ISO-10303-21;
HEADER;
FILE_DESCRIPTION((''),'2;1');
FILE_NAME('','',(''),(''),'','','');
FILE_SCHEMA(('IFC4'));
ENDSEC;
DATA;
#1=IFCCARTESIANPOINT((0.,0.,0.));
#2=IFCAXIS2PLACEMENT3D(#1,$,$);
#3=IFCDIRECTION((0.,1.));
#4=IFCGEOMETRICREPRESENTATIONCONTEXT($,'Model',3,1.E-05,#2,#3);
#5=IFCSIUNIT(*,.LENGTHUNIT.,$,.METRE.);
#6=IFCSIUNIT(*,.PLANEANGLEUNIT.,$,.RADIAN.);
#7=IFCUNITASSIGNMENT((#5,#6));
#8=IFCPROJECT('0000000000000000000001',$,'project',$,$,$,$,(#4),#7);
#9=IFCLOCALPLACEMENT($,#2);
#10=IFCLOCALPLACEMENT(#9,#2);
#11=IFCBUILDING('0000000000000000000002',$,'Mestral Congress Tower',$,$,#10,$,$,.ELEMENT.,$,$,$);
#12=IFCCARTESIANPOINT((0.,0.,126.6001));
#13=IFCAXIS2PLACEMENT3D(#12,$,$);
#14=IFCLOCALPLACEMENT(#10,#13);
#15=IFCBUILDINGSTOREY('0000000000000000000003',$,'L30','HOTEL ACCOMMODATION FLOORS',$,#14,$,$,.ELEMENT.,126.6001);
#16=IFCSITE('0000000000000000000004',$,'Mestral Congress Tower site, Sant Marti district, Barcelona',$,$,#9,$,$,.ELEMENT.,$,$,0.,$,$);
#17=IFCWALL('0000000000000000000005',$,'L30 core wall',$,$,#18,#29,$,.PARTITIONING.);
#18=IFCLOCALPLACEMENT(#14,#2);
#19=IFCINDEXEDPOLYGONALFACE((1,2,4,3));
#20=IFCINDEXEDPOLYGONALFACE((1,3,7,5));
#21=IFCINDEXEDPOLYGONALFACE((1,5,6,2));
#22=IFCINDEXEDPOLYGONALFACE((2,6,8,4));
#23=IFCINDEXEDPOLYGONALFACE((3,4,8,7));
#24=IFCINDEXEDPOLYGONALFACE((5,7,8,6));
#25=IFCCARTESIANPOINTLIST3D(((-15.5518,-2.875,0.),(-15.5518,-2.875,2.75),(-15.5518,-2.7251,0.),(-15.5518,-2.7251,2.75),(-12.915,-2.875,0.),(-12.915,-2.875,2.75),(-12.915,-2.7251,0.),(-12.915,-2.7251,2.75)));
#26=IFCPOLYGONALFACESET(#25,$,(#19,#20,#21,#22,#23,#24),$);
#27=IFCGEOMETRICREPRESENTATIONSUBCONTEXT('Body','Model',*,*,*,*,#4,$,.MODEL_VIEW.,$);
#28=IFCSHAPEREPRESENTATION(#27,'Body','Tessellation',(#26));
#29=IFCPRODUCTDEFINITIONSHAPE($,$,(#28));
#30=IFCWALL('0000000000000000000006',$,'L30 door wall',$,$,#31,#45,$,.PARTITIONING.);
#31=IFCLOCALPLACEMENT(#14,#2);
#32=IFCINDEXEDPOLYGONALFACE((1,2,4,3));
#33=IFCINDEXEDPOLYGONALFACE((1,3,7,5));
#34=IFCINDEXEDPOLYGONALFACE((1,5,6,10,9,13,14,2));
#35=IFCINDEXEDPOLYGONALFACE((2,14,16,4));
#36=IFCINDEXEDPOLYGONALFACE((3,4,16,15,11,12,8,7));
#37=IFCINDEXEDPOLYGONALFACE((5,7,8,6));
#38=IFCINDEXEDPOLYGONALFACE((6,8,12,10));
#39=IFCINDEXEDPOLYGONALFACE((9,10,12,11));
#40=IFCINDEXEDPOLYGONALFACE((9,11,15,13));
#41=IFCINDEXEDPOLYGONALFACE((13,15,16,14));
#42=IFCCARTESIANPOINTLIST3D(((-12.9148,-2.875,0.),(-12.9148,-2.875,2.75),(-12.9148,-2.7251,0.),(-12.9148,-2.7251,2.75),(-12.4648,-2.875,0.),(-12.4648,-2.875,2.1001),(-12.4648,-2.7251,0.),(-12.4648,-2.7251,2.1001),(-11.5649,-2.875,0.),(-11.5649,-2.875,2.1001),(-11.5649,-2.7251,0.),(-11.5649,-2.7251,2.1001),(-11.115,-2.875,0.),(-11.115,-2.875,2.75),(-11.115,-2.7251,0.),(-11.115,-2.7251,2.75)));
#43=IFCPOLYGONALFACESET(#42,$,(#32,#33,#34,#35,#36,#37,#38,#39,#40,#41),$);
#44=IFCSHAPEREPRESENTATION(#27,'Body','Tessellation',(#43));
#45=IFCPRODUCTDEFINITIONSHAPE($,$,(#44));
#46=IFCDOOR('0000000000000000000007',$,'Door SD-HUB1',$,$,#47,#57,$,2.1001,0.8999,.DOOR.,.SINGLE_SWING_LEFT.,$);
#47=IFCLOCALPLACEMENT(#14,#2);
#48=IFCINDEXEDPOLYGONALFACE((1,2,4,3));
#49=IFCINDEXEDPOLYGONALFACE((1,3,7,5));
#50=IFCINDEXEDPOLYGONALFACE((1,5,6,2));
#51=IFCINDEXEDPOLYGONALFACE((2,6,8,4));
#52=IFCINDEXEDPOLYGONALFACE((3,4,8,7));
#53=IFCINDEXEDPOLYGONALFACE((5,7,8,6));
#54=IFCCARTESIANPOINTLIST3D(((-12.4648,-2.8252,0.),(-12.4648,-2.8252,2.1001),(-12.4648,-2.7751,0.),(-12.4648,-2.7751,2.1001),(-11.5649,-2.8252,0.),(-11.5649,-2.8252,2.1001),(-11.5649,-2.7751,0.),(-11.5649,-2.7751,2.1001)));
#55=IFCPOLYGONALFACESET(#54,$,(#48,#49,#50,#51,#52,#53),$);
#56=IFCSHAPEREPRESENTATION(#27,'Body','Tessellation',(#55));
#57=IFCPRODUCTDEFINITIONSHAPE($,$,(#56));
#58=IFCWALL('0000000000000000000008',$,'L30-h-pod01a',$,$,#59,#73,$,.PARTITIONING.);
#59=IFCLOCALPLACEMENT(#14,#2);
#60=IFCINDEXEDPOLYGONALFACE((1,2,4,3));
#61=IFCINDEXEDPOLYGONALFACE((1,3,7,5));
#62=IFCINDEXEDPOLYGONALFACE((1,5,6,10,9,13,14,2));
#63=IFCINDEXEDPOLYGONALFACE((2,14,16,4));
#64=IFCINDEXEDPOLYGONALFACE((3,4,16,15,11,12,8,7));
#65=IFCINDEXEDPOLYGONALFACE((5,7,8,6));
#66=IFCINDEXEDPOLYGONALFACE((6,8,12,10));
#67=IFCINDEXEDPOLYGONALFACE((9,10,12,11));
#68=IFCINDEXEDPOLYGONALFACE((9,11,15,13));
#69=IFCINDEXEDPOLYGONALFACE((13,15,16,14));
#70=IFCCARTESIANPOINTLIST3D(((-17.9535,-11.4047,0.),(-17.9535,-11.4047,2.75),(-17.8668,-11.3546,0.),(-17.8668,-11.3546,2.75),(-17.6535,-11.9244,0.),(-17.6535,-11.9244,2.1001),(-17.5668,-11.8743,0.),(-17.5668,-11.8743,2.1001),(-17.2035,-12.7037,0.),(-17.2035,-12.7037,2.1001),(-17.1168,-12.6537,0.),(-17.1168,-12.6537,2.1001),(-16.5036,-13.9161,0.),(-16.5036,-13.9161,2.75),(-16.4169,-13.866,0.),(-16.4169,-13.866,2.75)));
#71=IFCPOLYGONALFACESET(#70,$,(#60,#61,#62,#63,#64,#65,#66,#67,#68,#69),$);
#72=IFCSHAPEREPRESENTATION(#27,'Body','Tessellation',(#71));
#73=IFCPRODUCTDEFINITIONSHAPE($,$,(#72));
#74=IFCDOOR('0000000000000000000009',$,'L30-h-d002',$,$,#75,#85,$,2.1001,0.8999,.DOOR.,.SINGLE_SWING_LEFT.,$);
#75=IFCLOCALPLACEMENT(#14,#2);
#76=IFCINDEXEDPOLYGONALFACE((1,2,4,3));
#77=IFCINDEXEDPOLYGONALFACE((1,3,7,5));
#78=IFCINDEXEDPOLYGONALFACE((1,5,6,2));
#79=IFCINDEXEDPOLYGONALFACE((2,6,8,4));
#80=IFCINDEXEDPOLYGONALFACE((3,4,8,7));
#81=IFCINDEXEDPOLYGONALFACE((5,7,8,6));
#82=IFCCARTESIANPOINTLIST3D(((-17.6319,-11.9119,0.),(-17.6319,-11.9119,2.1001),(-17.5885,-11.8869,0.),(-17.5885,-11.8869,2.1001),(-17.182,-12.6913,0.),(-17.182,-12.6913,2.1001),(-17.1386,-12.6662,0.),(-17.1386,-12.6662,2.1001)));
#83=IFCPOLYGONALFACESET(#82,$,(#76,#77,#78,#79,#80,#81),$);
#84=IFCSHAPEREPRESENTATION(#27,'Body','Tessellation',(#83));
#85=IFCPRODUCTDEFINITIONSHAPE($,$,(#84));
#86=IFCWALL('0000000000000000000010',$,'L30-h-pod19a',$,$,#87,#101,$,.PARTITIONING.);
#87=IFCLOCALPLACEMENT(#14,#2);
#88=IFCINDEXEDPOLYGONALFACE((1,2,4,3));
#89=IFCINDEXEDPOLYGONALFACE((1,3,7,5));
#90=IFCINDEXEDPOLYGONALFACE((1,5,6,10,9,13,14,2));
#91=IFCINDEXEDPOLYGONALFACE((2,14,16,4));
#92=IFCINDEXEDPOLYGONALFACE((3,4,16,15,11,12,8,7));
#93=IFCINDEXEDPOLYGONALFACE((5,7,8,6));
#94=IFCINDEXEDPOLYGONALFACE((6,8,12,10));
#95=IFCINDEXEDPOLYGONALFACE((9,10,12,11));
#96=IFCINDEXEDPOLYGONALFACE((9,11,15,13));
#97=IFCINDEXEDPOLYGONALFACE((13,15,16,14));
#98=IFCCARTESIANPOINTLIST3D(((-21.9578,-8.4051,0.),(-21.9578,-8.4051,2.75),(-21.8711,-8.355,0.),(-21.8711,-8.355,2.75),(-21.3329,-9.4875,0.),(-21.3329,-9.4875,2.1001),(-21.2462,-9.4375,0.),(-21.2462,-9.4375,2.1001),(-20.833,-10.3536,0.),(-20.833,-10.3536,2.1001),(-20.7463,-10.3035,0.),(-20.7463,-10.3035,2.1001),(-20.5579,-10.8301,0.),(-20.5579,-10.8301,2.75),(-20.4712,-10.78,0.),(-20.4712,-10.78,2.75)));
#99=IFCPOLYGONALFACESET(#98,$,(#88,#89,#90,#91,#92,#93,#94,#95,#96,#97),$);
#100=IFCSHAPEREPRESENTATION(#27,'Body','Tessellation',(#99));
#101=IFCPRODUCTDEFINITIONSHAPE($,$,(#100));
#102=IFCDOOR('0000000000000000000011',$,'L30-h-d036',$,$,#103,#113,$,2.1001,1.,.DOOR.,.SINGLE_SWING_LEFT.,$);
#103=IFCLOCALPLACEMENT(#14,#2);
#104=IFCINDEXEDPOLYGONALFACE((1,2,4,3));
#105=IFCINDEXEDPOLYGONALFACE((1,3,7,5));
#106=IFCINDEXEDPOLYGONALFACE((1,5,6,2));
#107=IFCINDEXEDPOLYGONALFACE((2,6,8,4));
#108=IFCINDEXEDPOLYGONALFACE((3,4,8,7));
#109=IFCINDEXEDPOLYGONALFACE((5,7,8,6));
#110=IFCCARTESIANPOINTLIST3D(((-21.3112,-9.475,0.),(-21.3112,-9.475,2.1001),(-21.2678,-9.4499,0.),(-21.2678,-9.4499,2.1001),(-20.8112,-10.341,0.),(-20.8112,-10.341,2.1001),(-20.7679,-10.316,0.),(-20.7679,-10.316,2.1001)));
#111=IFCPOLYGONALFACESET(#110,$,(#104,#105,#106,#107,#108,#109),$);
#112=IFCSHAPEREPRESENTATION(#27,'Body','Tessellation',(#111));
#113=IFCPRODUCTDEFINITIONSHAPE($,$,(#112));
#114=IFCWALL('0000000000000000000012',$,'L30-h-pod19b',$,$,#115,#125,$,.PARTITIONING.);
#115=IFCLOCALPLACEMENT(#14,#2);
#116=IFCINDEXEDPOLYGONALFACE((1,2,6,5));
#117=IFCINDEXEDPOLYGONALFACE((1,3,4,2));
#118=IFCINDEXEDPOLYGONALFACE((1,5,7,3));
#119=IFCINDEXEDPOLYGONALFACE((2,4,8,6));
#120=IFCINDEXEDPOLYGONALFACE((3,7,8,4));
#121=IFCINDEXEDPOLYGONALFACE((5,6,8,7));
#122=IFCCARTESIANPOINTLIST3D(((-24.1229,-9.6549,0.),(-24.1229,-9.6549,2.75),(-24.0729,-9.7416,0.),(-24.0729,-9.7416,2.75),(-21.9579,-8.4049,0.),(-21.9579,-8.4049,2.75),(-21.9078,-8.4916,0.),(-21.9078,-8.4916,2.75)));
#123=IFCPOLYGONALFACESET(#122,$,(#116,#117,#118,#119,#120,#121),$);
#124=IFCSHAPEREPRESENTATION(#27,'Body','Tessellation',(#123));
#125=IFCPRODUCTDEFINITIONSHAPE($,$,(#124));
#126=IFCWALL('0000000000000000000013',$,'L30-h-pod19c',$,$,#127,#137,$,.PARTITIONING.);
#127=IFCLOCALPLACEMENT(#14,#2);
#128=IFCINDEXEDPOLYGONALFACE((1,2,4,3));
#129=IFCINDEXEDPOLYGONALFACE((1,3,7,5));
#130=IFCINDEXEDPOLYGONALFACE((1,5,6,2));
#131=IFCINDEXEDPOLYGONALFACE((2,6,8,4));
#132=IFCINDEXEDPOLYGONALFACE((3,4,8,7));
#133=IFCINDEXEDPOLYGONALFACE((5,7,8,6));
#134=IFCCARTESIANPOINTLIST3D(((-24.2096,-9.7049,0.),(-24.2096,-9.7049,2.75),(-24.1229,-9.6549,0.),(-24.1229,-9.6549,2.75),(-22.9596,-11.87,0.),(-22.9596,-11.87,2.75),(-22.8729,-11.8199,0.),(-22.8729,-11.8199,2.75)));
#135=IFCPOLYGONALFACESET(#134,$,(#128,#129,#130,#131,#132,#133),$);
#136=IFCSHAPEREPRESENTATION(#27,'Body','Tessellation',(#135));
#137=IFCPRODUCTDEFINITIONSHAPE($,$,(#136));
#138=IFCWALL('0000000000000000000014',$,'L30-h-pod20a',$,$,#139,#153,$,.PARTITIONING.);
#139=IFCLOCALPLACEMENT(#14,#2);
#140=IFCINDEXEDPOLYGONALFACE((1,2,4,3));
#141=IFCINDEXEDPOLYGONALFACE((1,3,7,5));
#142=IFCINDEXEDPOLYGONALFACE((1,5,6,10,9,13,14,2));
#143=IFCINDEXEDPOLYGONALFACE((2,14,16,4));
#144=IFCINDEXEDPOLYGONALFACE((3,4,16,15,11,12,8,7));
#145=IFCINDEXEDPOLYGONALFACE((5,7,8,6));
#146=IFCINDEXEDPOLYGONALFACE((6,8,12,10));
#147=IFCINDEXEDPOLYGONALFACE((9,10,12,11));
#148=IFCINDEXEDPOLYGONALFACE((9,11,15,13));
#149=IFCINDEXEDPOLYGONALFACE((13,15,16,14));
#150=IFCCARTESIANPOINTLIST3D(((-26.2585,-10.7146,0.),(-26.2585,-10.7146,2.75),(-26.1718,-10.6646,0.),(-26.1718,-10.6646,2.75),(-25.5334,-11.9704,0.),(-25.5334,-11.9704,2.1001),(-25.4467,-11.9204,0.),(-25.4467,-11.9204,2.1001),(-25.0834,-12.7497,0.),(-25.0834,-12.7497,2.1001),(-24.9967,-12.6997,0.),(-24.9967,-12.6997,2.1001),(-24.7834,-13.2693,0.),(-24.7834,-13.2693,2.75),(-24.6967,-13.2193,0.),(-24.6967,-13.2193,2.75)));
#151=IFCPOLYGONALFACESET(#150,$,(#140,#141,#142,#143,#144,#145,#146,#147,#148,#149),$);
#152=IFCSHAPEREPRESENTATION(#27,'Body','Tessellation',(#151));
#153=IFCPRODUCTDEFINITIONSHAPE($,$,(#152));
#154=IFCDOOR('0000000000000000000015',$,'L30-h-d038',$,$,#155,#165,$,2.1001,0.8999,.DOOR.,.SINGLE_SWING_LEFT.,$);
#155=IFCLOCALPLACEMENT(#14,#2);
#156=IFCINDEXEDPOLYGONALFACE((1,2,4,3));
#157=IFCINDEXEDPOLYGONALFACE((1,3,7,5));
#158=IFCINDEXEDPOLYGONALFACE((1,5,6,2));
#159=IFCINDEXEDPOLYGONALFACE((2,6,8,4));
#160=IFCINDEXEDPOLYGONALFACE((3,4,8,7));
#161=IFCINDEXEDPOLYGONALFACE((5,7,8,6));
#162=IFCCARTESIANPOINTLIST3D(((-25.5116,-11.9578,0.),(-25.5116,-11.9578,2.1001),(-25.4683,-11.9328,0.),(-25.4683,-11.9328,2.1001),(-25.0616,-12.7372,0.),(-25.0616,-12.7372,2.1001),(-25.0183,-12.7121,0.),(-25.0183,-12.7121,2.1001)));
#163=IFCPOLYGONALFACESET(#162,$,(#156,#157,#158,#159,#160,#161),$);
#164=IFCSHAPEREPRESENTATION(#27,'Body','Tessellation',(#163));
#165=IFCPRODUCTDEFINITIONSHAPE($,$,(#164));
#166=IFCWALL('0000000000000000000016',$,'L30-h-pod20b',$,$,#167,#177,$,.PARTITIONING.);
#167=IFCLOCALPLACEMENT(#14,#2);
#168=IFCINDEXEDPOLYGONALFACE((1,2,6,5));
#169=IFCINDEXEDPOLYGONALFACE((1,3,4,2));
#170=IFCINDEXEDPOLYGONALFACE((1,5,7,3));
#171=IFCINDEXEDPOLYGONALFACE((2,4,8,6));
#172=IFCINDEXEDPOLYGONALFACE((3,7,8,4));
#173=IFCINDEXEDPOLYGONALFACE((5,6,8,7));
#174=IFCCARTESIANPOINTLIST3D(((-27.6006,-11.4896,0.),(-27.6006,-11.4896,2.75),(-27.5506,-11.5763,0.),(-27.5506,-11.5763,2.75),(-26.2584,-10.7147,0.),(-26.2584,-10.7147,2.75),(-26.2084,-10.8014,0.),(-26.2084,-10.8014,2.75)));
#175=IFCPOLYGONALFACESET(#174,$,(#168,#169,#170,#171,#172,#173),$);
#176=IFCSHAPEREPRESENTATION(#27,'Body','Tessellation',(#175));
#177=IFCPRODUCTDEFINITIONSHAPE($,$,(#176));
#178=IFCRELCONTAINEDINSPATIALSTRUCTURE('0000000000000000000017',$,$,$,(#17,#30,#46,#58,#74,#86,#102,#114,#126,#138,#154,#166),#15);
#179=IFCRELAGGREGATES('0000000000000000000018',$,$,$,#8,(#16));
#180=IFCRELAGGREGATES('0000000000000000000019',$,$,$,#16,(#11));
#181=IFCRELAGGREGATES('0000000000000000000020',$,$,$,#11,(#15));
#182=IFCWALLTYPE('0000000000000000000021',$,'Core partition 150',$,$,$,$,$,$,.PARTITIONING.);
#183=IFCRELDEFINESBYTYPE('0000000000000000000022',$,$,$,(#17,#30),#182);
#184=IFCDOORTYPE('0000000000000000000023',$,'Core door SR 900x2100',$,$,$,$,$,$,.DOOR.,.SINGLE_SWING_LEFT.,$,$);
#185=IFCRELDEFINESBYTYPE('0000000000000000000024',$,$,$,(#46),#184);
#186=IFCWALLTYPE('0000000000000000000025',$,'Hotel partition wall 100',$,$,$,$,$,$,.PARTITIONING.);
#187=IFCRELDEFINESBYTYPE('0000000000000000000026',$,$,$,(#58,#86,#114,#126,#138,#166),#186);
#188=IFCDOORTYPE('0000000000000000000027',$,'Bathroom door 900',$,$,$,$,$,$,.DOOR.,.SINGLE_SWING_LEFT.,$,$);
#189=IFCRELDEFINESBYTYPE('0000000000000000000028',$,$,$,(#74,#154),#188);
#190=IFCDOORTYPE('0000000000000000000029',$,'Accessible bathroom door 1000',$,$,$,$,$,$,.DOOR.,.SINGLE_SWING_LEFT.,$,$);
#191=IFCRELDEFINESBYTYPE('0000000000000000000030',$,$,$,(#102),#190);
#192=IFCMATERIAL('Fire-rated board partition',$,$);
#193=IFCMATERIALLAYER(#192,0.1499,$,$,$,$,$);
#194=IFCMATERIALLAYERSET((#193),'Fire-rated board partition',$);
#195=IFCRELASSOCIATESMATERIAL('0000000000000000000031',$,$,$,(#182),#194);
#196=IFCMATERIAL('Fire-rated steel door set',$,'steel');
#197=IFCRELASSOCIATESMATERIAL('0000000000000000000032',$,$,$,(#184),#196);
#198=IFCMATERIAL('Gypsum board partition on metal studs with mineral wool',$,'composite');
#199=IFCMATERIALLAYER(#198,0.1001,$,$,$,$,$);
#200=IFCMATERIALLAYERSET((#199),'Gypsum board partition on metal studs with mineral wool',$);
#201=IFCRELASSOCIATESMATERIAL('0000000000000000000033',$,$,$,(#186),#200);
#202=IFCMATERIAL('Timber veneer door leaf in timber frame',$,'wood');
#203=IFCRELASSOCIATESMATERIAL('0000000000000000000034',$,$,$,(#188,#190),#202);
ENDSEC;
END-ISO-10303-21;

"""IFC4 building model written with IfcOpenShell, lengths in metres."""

from ifc_helpers import new_model, si_unit, direction, frame, frame_2d, origin, place, context, subcontext, project, spatial, rectangle, extrude, material, layer, layer_set, type_object, element, fill, save


model = new_model("IFC4")

# Units and contexts
model_context = context("Model", 3, precision=1e-05, world=origin(), true_north=direction((0.0, 1.0)))
body_context = subcontext(model_context, "Body", "Model", "MODEL_VIEW")
ifc_project = project(units=[si_unit("LENGTHUNIT", "METRE"), si_unit("PLANEANGLEUNIT", "RADIAN")], contexts=[model_context])

# Site, building, storey
site_placement = place(None, origin())
site = spatial("IfcSite", under=ifc_project, at=site_placement, Name="Mestral Congress Tower site, Sant Marti district, Barcelona", CompositionType="ELEMENT", RefElevation=0.0)
building_placement = place(site_placement, origin())
building = spatial("IfcBuilding", under=site, at=building_placement, Name="Mestral Congress Tower", CompositionType="ELEMENT")
storey_placement = place(building_placement, frame((0.0, 0.0, 126.6001)))
storey = spatial("IfcBuildingStorey", under=building, at=storey_placement, Name="L30", Description="HOTEL ACCOMMODATION FLOORS", CompositionType="ELEMENT", Elevation=126.6001)

# Wall
ifc_material_1 = material(Name="Fire-rated board partition")
ifc_layer_1 = layer(ifc_material_1, 0.1499)
ifc_layer_set_1 = layer_set([ifc_layer_1], Name="Fire-rated board partition")
wall_type_1 = type_object("IfcWallType", Name="Core partition 150", PredefinedType="PARTITIONING", material=ifc_layer_set_1)
wall_1_placement = place(storey_placement, frame((-12.915, -2.8, 0.0), z_axis=(0.0, 0.0, 1.0), x_axis=(-1.0, 0.0, 0.0)))
element("IfcWall", 1, at=wall_1_placement, inside=storey, type_object=wall_type_1, Name="L30 core wall", PredefinedType="PARTITIONING", context=body_context, shape_type="SweptSolid", body=[
    extrude(rectangle(XDim=2.6367, YDim=0.1499, at=frame_2d((1.3184, 0.0))), origin(), (0.0, 0.0, 1.0), 2.75),
])

# Walls, openings, doors
wall_2_placement = place(storey_placement, frame((-12.9148, -2.8, 0.0), z_axis=(0.0, 0.0, 1.0), x_axis=(1.0, 0.0, 0.0)))
wall_2 = element("IfcWall", 2, at=wall_2_placement, inside=storey, type_object=wall_type_1, Name="L30 door wall", PredefinedType="PARTITIONING", context=body_context, shape_type="SweptSolid", body=[
    extrude(rectangle(XDim=1.7998, YDim=0.1499, at=frame_2d((0.8999, 0.0))), origin(), (0.0, 0.0, 1.0), 2.75),
])
opening_1_placement = place(wall_2_placement, frame((0.45, 0.0, 0.0)))
opening_1 = element("IfcOpeningElement", 3, at=opening_1_placement, cuts=wall_2, PredefinedType="OPENING", context=body_context, shape_type="SweptSolid", body=[
    extrude(rectangle(XDim=0.8999, YDim=2.1001, at=frame_2d((0.45, 1.05))), frame((0.0, 0.085, 0.0), z_axis=(0.0, -1.0, 0.0), x_axis=(1.0, 0.0, 0.0)), (0.0, 0.0, 1.0), 0.1699),
])
ifc_material_2 = material(Name="Fire-rated steel door set", Category="steel")
door_type_1 = type_object("IfcDoorType", Name="Core door SR 900x2100", OperationType="SINGLE_SWING_LEFT", PredefinedType="DOOR", material=ifc_material_2)
door_1_placement = place(opening_1_placement, origin())
door_1 = element("IfcDoor", 4, at=door_1_placement, inside=storey, type_object=door_type_1, Name="Door SD-HUB1", OperationType="SINGLE_SWING_LEFT", OverallHeight=2.1001, OverallWidth=0.8999, PredefinedType="DOOR", context=body_context, shape_type="SweptSolid", body=[
    extrude(rectangle(XDim=0.8999, YDim=2.1001, at=frame_2d((0.45, 1.05))), frame((0.0, 0.0249, 0.0), z_axis=(0.0, -1.0, 0.0), x_axis=(1.0, 0.0, 0.0)), (0.0, 0.0, 1.0), 0.05),
])
fill(opening_1, door_1)
ifc_material_3 = material(Name="Gypsum board partition on metal studs with mineral wool", Category="composite")
ifc_layer_2 = layer(ifc_material_3, 0.1001)
ifc_layer_set_2 = layer_set([ifc_layer_2], Name="Gypsum board partition on metal studs with mineral wool")
wall_type_2 = type_object("IfcWallType", Name="Hotel partition wall 100", PredefinedType="PARTITIONING", material=ifc_layer_set_2)
wall_3_placement = place(storey_placement, frame((-17.9102, -11.3796, 0.0), z_axis=(0.0, 0.0, 1.0), x_axis=(0.499987, -0.866033, 0.0)))
wall_3 = element("IfcWall", 5, at=wall_3_placement, inside=storey, type_object=wall_type_2, Name="L30-h-pod01a", PredefinedType="PARTITIONING", context=body_context, shape_type="SweptSolid", body=[
    extrude(rectangle(XDim=2.8999, YDim=0.1001, at=frame_2d((1.45, 0.0))), origin(), (0.0, 0.0, 1.0), 2.75),
])
opening_2_placement = place(wall_3_placement, frame((0.6001, 0.0, 0.0)))
opening_2 = element("IfcOpeningElement", 6, at=opening_2_placement, cuts=wall_3, PredefinedType="OPENING", context=body_context, shape_type="SweptSolid", body=[
    extrude(rectangle(XDim=0.8999, YDim=2.1001, at=frame_2d((0.45, 1.05))), frame((0.0, 0.0601, 0.0), z_axis=(0.0, -1.0, 0.0), x_axis=(1.0, 0.0, 0.0)), (0.0, 0.0, 1.0), 0.1201),
])
ifc_material_4 = material(Name="Timber veneer door leaf in timber frame", Category="wood")
door_type_2 = type_object("IfcDoorType", Name="Bathroom door 900", OperationType="SINGLE_SWING_LEFT", PredefinedType="DOOR", material=ifc_material_4)
door_2_placement = place(opening_2_placement, origin())
door_2 = element("IfcDoor", 7, at=door_2_placement, inside=storey, type_object=door_type_2, Name="L30-h-d002", OperationType="SINGLE_SWING_LEFT", OverallHeight=2.1001, OverallWidth=0.8999, PredefinedType="DOOR", context=body_context, shape_type="SweptSolid", body=[
    extrude(rectangle(XDim=0.8999, YDim=2.1001, at=frame_2d((0.45, 1.05))), frame((0.0, 0.0249, 0.0), z_axis=(0.0, -1.0, 0.0), x_axis=(1.0, 0.0, 0.0)), (0.0, 0.0, 1.0), 0.05),
])
fill(opening_2, door_2)
wall_4_placement = place(storey_placement, frame((-20.5146, -10.8049, 0.0), z_axis=(0.0, 0.0, 1.0), x_axis=(-0.499946, 0.866056, 0.0)))
wall_4 = element("IfcWall", 8, at=wall_4_placement, inside=storey, type_object=wall_type_2, Name="L30-h-pod19a", PredefinedType="PARTITIONING", context=body_context, shape_type="SweptSolid", body=[
    extrude(rectangle(XDim=2.8, YDim=0.1001, at=frame_2d((1.3999, 0.0))), origin(), (0.0, 0.0, 1.0), 2.75),
])
opening_3_placement = place(wall_4_placement, frame((0.55, 0.0, 0.0)))
opening_3 = element("IfcOpeningElement", 9, at=opening_3_placement, cuts=wall_4, PredefinedType="OPENING", context=body_context, shape_type="SweptSolid", body=[
    extrude(rectangle(XDim=1.0, YDim=2.1001, at=frame_2d((0.5, 1.05))), frame((0.0, 0.0601, 0.0), z_axis=(0.0, -1.0, 0.0), x_axis=(1.0, 0.0, 0.0)), (0.0, 0.0, 1.0), 0.1201),
])
door_type_3 = type_object("IfcDoorType", Name="Accessible bathroom door 1000", OperationType="SINGLE_SWING_LEFT", PredefinedType="DOOR", material=ifc_material_4)
door_3_placement = place(opening_3_placement, origin())
door_3 = element("IfcDoor", 10, at=door_3_placement, inside=storey, type_object=door_type_3, Name="L30-h-d036", OperationType="SINGLE_SWING_LEFT", OverallHeight=2.1001, OverallWidth=1.0, PredefinedType="DOOR", context=body_context, shape_type="SweptSolid", body=[
    extrude(rectangle(XDim=1.0, YDim=2.1001, at=frame_2d((0.5, 1.05))), frame((0.0, 0.0249, 0.0), z_axis=(0.0, -1.0, 0.0), x_axis=(1.0, 0.0, 0.0)), (0.0, 0.0, 1.0), 0.05),
])
fill(opening_3, door_3)

# Walls
for number, where, z_axis, x_axis, name in (
    (11, (-21.9329, -8.4482, 0.0), (0.0, 0.0, 1.0), (-0.866023, -0.500004, 0.0), "L30-h-pod19b"),
    (12, (-22.9163, -11.845, 0.0), (0.0, 0.0, 1.0), (-0.500004, 0.866023, 0.0), "L30-h-pod19c"),
):
    element("IfcWall", number, at=place(storey_placement, frame(where, z_axis=z_axis, x_axis=x_axis)), inside=storey, type_object=wall_type_2, Name=name, PredefinedType="PARTITIONING", context=body_context, shape_type="SweptSolid", body=[
        extrude(rectangle(XDim=2.5, YDim=0.1001, at=frame_2d((1.25, 0.0))), origin(), (0.0, 0.0, 1.0), 2.75),
    ])

# Wall, opening, door
wall_5_placement = place(storey_placement, frame((-24.74, -13.2444, 0.0), z_axis=(0.0, 0.0, 1.0), x_axis=(-0.500038, 0.866004, 0.0)))
wall_5 = element("IfcWall", 13, at=wall_5_placement, inside=storey, type_object=wall_type_2, Name="L30-h-pod20a", PredefinedType="PARTITIONING", context=body_context, shape_type="SweptSolid", body=[
    extrude(rectangle(XDim=2.95, YDim=0.1001, at=frame_2d((1.4751, 0.0))), origin(), (0.0, 0.0, 1.0), 2.75),
])
opening_4_placement = place(wall_5_placement, frame((0.6001, 0.0, 0.0)))
opening_4 = element("IfcOpeningElement", 14, at=opening_4_placement, cuts=wall_5, PredefinedType="OPENING", context=body_context, shape_type="SweptSolid", body=[
    extrude(rectangle(XDim=0.8999, YDim=2.1001, at=frame_2d((0.45, 1.05))), frame((0.0, 0.0601, 0.0), z_axis=(0.0, -1.0, 0.0), x_axis=(1.0, 0.0, 0.0)), (0.0, 0.0, 1.0), 0.1201),
])
door_4_placement = place(opening_4_placement, origin())
door_4 = element("IfcDoor", 15, at=door_4_placement, inside=storey, type_object=door_type_2, Name="L30-h-d038", OperationType="SINGLE_SWING_LEFT", OverallHeight=2.1001, OverallWidth=0.8999, PredefinedType="DOOR", context=body_context, shape_type="SweptSolid", body=[
    extrude(rectangle(XDim=0.8999, YDim=2.1001, at=frame_2d((0.45, 1.05))), frame((0.0, 0.0249, 0.0), z_axis=(0.0, -1.0, 0.0), x_axis=(1.0, 0.0, 0.0)), (0.0, 0.0, 1.0), 0.05),
])
fill(opening_4, door_4)

# Wall
wall_6_placement = place(storey_placement, frame((-26.2334, -10.7581, 0.0), z_axis=(0.0, 0.0, 1.0), x_axis=(-0.866044, -0.499968, 0.0)))
element("IfcWall", 16, at=wall_6_placement, inside=storey, type_object=wall_type_2, Name="L30-h-pod20b", PredefinedType="PARTITIONING", context=body_context, shape_type="SweptSolid", body=[
    extrude(rectangle(XDim=1.5498, YDim=0.1001, at=frame_2d((0.7749, 0.0))), origin(), (0.0, 0.0, 1.0), 2.75),
])

save(model, "model.ifc")
